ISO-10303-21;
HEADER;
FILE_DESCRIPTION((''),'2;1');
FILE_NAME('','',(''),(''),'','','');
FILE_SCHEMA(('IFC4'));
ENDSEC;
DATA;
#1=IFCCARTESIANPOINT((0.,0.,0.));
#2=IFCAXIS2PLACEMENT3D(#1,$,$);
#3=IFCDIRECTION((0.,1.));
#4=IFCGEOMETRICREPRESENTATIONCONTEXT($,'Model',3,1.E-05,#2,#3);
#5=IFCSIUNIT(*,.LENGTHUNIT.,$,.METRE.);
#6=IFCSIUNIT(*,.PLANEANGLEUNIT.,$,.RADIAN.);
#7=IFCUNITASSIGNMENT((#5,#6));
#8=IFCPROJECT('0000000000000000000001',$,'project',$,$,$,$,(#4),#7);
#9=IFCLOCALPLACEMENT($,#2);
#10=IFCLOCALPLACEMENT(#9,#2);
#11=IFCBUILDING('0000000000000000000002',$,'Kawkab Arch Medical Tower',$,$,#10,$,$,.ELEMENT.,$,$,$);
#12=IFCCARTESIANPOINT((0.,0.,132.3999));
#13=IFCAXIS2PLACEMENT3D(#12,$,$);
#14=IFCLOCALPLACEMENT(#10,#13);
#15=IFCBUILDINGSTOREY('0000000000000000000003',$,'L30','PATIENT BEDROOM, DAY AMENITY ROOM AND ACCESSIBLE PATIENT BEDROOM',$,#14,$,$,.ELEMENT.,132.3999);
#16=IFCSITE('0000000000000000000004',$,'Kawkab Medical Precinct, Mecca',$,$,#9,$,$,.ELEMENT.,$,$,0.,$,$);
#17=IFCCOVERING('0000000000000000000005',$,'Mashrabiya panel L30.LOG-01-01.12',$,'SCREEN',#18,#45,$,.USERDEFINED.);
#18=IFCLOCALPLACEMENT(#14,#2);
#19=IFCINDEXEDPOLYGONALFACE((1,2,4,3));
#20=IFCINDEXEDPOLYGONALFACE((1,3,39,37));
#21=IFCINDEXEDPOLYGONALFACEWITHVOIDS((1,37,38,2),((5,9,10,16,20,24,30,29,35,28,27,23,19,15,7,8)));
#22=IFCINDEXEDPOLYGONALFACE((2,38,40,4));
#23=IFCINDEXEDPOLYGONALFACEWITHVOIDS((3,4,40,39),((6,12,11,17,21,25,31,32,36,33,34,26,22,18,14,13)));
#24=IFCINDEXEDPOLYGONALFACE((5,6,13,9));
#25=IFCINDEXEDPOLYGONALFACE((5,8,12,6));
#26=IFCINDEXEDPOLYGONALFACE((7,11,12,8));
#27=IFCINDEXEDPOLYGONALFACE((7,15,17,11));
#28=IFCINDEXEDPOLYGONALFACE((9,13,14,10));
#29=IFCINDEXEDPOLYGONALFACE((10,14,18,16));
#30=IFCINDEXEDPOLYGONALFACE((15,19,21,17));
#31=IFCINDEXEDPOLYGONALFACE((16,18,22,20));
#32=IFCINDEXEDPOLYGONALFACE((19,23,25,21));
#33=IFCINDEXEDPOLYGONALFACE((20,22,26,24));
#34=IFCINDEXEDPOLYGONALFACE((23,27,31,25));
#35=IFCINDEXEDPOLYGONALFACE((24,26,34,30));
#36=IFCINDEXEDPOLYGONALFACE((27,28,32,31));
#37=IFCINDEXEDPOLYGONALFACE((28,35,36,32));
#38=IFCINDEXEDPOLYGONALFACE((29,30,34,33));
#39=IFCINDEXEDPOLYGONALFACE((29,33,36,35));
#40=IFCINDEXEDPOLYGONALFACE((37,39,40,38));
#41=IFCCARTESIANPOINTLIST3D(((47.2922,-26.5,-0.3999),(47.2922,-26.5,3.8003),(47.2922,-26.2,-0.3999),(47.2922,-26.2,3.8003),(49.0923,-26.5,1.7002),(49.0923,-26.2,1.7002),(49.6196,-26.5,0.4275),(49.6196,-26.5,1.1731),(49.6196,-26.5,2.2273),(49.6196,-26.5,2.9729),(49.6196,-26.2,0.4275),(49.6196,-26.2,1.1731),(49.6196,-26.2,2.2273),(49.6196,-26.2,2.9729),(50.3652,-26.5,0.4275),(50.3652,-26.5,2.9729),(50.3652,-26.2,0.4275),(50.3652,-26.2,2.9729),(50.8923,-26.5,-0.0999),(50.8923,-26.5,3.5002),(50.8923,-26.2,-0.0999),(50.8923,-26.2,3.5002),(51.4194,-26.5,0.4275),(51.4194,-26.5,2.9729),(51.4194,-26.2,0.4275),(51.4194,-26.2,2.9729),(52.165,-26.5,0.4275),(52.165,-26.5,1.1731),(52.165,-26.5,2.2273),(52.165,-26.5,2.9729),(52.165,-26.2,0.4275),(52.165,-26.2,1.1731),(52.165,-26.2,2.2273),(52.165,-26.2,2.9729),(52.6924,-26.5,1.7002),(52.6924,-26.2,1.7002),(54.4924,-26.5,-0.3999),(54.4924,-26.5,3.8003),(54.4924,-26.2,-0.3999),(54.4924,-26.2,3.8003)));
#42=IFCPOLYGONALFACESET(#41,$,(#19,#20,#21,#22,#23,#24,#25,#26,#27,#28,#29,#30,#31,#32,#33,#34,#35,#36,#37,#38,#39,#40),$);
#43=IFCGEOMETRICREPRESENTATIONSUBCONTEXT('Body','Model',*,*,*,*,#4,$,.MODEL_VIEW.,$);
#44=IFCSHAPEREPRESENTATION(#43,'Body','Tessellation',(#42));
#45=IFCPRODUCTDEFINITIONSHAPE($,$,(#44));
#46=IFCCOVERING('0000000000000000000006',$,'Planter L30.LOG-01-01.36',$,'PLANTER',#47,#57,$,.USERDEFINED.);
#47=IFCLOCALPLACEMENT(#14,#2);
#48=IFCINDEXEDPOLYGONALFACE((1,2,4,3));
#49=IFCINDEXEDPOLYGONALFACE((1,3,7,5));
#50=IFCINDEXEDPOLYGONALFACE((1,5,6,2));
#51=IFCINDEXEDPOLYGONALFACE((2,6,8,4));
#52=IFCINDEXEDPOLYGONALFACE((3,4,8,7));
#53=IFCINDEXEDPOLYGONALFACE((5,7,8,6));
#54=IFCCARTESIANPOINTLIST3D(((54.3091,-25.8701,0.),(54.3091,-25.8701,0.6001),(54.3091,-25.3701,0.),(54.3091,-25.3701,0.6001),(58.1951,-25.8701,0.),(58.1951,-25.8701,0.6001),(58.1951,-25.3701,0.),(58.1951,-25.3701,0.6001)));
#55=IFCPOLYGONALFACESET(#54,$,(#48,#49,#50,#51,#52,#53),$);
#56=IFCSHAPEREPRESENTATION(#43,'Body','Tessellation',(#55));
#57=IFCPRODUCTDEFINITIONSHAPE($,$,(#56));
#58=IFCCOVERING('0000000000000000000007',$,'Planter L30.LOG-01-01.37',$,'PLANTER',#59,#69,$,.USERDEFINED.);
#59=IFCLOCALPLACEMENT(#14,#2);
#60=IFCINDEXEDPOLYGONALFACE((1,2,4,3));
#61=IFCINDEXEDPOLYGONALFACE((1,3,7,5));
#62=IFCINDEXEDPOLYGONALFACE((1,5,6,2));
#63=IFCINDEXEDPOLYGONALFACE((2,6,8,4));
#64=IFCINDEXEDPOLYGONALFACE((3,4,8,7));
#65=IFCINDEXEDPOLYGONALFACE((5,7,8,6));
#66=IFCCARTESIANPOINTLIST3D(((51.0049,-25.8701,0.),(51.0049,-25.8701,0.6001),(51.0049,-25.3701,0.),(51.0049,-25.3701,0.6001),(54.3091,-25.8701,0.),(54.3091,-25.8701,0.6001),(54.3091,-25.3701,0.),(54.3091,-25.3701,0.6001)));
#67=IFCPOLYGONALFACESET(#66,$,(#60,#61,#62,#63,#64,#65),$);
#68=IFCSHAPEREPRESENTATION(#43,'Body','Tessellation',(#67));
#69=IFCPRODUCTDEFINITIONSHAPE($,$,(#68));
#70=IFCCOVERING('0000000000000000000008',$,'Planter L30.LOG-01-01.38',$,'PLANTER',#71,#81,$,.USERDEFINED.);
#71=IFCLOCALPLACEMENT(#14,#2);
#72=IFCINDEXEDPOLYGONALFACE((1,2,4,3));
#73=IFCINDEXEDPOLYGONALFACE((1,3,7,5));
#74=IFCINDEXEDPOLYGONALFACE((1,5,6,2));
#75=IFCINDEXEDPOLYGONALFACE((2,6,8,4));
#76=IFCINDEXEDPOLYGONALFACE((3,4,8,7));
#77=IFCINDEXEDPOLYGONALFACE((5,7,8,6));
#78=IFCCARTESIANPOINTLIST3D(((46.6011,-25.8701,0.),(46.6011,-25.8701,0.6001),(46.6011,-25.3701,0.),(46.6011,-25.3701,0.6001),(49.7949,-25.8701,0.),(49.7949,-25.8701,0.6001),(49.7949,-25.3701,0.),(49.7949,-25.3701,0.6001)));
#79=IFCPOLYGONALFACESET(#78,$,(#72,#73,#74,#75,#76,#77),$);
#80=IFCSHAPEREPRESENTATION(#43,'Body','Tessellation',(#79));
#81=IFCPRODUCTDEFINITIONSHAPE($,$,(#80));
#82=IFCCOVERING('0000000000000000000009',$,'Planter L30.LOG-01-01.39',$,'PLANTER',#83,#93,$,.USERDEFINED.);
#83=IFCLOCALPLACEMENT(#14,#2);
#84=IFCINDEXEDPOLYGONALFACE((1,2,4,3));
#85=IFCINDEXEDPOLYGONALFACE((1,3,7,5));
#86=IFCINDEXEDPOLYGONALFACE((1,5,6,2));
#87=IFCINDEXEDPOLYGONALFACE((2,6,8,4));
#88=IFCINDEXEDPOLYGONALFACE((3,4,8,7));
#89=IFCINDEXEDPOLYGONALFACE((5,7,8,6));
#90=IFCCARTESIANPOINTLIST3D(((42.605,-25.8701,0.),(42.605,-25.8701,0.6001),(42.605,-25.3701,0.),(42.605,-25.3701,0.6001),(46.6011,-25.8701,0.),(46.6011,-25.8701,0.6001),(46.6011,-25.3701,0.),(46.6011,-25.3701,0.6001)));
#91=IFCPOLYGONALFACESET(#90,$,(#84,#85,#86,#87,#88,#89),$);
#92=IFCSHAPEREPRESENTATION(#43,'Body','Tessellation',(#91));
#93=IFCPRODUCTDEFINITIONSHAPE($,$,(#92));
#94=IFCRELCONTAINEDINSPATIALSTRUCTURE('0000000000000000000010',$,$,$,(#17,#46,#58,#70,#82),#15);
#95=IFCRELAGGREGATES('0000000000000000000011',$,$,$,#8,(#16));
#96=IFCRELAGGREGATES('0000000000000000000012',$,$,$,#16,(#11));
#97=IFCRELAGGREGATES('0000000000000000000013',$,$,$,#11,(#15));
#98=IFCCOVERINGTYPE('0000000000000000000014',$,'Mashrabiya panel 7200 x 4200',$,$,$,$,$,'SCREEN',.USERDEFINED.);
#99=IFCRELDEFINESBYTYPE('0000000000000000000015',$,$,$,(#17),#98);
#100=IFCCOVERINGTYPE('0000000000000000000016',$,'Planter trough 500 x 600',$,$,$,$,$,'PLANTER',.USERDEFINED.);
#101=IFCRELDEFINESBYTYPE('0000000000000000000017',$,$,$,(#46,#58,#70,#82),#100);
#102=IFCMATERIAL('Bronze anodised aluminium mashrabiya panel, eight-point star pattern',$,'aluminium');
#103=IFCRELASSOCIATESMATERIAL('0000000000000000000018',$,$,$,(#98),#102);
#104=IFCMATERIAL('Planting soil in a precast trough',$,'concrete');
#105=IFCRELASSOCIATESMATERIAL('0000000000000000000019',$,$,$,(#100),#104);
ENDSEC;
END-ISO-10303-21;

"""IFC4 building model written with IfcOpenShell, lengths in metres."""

from ifc_helpers import new_model, si_unit, direction, frame, origin, origin_2d, place, context, subcontext, project, spatial, polyline, rectangle, outline, extrude, material, material_profile, profile_set, type_object, element, save


model = new_model("IFC4")

# Units and contexts
model_context = context("Model", 3, precision=1e-05, world=origin(), true_north=direction((0.0, 1.0)))
body_context = subcontext(model_context, "Body", "Model", "MODEL_VIEW")
ifc_project = project(units=[si_unit("LENGTHUNIT", "METRE"), si_unit("PLANEANGLEUNIT", "RADIAN")], contexts=[model_context])

# Site, building, storey
site_placement = place(None, origin())
site = spatial("IfcSite", under=ifc_project, at=site_placement, Name="Kawkab Medical Precinct, Mecca", CompositionType="ELEMENT", RefElevation=0.0)
building_placement = place(site_placement, origin())
building = spatial("IfcBuilding", under=site, at=building_placement, Name="Kawkab Arch Medical Tower", CompositionType="ELEMENT")
storey_placement = place(building_placement, frame((0.0, 0.0, 132.3999)))
storey = spatial("IfcBuildingStorey", under=building, at=storey_placement, Name="L30", Description="PATIENT BEDROOM, DAY AMENITY ROOM AND ACCESSIBLE PATIENT BEDROOM", CompositionType="ELEMENT", Elevation=132.3999)

# Coverings
ifc_material_1 = material(Name="Bronze anodised aluminium mashrabiya panel, eight-point star pattern", Category="aluminium")
ifc_material_profile_1 = material_profile(ifc_material_1, outline(polyline([(-3.6001, -2.1001), (3.6001, -2.1001), (3.6001, 2.1001), (-3.6001, 2.1001), (-3.6001, -2.1001)]), holes=[polyline([(1.8, 0.0), (1.2727, 0.5271), (1.2727, 1.2727), (0.5271, 1.2727), (0.0, 1.8), (-0.5271, 1.2727), (-1.2727, 1.2727), (-1.2727, 0.5271), (-1.8, 0.0), (-1.2727, -0.5271), (-1.2727, -1.2727), (-0.5271, -1.2727), (0.0, -1.8), (0.5271, -1.2727), (1.2727, -1.2727), (1.2727, -0.5271), (1.8, 0.0)])]), Name="Mashrabiya panel 7200x4200")
ifc_profile_set_1 = profile_set([ifc_material_profile_1], Name="Bronze anodised aluminium mashrabiya panel, eight-point star pattern")
covering_type_1 = type_object("IfcCoveringType", Name="Mashrabiya panel 7200 x 4200", ElementType="SCREEN", PredefinedType="USERDEFINED", material=ifc_profile_set_1)
covering_1_placement = place(storey_placement, frame((50.8923, -26.2, 1.7002), z_axis=(0.0, -1.0, 0.0), x_axis=(1.0, 0.0, 0.0)))
element("IfcCovering", 1, at=covering_1_placement, inside=storey, type_object=covering_type_1, Name="Mashrabiya panel L30.LOG-01-01.12", ObjectType="SCREEN", PredefinedType="USERDEFINED", context=body_context, shape_type="SweptSolid", body=[
    extrude(outline(polyline([(-3.6001, -2.1001), (3.6001, -2.1001), (3.6001, 2.1001), (-3.6001, 2.1001), (-3.6001, -2.1001)]), holes=[polyline([(1.8, 0.0), (1.2727, 0.5271), (1.2727, 1.2727), (0.5271, 1.2727), (0.0, 1.8), (-0.5271, 1.2727), (-1.2727, 1.2727), (-1.2727, 0.5271), (-1.8, 0.0), (-1.2727, -0.5271), (-1.2727, -1.2727), (-0.5271, -1.2727), (0.0, -1.8), (0.5271, -1.2727), (1.2727, -1.2727), (1.2727, -0.5271), (1.8, 0.0)])]), origin(), (0.0, 0.0, 1.0), 0.3),
])
ifc_material_2 = material(Name="Planting soil in a precast trough", Category="concrete")
ifc_material_profile_2 = material_profile(ifc_material_2, rectangle(XDim=0.5, YDim=0.6001, at=origin_2d()), Name="Trough 500x600")
ifc_profile_set_2 = profile_set([ifc_material_profile_2], Name="Planting soil in a precast trough")
covering_type_2 = type_object("IfcCoveringType", Name="Planter trough 500 x 600", ElementType="PLANTER", PredefinedType="USERDEFINED", material=ifc_profile_set_2)
covering_2_placement = place(storey_placement, frame((58.1951, -25.6201, 0.3), z_axis=(-1.0, 0.0, 0.0), x_axis=(0.0, -1.0, 0.0)))
element("IfcCovering", 2, at=covering_2_placement, inside=storey, type_object=covering_type_2, Name="Planter L30.LOG-01-01.36", ObjectType="PLANTER", PredefinedType="USERDEFINED", context=body_context, shape_type="SweptSolid", body=[
    extrude(rectangle(XDim=0.5, YDim=0.6001, at=origin_2d()), origin(), (0.0, 0.0, 1.0), 3.886),
])
covering_3_placement = place(storey_placement, frame((54.3091, -25.6201, 0.3), z_axis=(-1.0, 0.0, 0.0), x_axis=(0.0, -1.0, 0.0)))
element("IfcCovering", 3, at=covering_3_placement, inside=storey, type_object=covering_type_2, Name="Planter L30.LOG-01-01.37", ObjectType="PLANTER", PredefinedType="USERDEFINED", context=body_context, shape_type="SweptSolid", body=[
    extrude(rectangle(XDim=0.5, YDim=0.6001, at=origin_2d()), origin(), (0.0, 0.0, 1.0), 3.3042),
])
covering_4_placement = place(storey_placement, frame((49.7949, -25.6201, 0.3), z_axis=(-1.0, 0.0, 0.0), x_axis=(0.0, -1.0, 0.0)))
element("IfcCovering", 4, at=covering_4_placement, inside=storey, type_object=covering_type_2, Name="Planter L30.LOG-01-01.38", ObjectType="PLANTER", PredefinedType="USERDEFINED", context=body_context, shape_type="SweptSolid", body=[
    extrude(rectangle(XDim=0.5, YDim=0.6001, at=origin_2d()), origin(), (0.0, 0.0, 1.0), 3.1938),
])
covering_5_placement = place(storey_placement, frame((46.6011, -25.6201, 0.3), z_axis=(-1.0, 0.0, 0.0), x_axis=(0.0, -1.0, 0.0)))
element("IfcCovering", 5, at=covering_5_placement, inside=storey, type_object=covering_type_2, Name="Planter L30.LOG-01-01.39", ObjectType="PLANTER", PredefinedType="USERDEFINED", context=body_context, shape_type="SweptSolid", body=[
    extrude(rectangle(XDim=0.5, YDim=0.6001, at=origin_2d()), origin(), (0.0, 0.0, 1.0), 3.9961),
])

save(model, "model.ifc")
